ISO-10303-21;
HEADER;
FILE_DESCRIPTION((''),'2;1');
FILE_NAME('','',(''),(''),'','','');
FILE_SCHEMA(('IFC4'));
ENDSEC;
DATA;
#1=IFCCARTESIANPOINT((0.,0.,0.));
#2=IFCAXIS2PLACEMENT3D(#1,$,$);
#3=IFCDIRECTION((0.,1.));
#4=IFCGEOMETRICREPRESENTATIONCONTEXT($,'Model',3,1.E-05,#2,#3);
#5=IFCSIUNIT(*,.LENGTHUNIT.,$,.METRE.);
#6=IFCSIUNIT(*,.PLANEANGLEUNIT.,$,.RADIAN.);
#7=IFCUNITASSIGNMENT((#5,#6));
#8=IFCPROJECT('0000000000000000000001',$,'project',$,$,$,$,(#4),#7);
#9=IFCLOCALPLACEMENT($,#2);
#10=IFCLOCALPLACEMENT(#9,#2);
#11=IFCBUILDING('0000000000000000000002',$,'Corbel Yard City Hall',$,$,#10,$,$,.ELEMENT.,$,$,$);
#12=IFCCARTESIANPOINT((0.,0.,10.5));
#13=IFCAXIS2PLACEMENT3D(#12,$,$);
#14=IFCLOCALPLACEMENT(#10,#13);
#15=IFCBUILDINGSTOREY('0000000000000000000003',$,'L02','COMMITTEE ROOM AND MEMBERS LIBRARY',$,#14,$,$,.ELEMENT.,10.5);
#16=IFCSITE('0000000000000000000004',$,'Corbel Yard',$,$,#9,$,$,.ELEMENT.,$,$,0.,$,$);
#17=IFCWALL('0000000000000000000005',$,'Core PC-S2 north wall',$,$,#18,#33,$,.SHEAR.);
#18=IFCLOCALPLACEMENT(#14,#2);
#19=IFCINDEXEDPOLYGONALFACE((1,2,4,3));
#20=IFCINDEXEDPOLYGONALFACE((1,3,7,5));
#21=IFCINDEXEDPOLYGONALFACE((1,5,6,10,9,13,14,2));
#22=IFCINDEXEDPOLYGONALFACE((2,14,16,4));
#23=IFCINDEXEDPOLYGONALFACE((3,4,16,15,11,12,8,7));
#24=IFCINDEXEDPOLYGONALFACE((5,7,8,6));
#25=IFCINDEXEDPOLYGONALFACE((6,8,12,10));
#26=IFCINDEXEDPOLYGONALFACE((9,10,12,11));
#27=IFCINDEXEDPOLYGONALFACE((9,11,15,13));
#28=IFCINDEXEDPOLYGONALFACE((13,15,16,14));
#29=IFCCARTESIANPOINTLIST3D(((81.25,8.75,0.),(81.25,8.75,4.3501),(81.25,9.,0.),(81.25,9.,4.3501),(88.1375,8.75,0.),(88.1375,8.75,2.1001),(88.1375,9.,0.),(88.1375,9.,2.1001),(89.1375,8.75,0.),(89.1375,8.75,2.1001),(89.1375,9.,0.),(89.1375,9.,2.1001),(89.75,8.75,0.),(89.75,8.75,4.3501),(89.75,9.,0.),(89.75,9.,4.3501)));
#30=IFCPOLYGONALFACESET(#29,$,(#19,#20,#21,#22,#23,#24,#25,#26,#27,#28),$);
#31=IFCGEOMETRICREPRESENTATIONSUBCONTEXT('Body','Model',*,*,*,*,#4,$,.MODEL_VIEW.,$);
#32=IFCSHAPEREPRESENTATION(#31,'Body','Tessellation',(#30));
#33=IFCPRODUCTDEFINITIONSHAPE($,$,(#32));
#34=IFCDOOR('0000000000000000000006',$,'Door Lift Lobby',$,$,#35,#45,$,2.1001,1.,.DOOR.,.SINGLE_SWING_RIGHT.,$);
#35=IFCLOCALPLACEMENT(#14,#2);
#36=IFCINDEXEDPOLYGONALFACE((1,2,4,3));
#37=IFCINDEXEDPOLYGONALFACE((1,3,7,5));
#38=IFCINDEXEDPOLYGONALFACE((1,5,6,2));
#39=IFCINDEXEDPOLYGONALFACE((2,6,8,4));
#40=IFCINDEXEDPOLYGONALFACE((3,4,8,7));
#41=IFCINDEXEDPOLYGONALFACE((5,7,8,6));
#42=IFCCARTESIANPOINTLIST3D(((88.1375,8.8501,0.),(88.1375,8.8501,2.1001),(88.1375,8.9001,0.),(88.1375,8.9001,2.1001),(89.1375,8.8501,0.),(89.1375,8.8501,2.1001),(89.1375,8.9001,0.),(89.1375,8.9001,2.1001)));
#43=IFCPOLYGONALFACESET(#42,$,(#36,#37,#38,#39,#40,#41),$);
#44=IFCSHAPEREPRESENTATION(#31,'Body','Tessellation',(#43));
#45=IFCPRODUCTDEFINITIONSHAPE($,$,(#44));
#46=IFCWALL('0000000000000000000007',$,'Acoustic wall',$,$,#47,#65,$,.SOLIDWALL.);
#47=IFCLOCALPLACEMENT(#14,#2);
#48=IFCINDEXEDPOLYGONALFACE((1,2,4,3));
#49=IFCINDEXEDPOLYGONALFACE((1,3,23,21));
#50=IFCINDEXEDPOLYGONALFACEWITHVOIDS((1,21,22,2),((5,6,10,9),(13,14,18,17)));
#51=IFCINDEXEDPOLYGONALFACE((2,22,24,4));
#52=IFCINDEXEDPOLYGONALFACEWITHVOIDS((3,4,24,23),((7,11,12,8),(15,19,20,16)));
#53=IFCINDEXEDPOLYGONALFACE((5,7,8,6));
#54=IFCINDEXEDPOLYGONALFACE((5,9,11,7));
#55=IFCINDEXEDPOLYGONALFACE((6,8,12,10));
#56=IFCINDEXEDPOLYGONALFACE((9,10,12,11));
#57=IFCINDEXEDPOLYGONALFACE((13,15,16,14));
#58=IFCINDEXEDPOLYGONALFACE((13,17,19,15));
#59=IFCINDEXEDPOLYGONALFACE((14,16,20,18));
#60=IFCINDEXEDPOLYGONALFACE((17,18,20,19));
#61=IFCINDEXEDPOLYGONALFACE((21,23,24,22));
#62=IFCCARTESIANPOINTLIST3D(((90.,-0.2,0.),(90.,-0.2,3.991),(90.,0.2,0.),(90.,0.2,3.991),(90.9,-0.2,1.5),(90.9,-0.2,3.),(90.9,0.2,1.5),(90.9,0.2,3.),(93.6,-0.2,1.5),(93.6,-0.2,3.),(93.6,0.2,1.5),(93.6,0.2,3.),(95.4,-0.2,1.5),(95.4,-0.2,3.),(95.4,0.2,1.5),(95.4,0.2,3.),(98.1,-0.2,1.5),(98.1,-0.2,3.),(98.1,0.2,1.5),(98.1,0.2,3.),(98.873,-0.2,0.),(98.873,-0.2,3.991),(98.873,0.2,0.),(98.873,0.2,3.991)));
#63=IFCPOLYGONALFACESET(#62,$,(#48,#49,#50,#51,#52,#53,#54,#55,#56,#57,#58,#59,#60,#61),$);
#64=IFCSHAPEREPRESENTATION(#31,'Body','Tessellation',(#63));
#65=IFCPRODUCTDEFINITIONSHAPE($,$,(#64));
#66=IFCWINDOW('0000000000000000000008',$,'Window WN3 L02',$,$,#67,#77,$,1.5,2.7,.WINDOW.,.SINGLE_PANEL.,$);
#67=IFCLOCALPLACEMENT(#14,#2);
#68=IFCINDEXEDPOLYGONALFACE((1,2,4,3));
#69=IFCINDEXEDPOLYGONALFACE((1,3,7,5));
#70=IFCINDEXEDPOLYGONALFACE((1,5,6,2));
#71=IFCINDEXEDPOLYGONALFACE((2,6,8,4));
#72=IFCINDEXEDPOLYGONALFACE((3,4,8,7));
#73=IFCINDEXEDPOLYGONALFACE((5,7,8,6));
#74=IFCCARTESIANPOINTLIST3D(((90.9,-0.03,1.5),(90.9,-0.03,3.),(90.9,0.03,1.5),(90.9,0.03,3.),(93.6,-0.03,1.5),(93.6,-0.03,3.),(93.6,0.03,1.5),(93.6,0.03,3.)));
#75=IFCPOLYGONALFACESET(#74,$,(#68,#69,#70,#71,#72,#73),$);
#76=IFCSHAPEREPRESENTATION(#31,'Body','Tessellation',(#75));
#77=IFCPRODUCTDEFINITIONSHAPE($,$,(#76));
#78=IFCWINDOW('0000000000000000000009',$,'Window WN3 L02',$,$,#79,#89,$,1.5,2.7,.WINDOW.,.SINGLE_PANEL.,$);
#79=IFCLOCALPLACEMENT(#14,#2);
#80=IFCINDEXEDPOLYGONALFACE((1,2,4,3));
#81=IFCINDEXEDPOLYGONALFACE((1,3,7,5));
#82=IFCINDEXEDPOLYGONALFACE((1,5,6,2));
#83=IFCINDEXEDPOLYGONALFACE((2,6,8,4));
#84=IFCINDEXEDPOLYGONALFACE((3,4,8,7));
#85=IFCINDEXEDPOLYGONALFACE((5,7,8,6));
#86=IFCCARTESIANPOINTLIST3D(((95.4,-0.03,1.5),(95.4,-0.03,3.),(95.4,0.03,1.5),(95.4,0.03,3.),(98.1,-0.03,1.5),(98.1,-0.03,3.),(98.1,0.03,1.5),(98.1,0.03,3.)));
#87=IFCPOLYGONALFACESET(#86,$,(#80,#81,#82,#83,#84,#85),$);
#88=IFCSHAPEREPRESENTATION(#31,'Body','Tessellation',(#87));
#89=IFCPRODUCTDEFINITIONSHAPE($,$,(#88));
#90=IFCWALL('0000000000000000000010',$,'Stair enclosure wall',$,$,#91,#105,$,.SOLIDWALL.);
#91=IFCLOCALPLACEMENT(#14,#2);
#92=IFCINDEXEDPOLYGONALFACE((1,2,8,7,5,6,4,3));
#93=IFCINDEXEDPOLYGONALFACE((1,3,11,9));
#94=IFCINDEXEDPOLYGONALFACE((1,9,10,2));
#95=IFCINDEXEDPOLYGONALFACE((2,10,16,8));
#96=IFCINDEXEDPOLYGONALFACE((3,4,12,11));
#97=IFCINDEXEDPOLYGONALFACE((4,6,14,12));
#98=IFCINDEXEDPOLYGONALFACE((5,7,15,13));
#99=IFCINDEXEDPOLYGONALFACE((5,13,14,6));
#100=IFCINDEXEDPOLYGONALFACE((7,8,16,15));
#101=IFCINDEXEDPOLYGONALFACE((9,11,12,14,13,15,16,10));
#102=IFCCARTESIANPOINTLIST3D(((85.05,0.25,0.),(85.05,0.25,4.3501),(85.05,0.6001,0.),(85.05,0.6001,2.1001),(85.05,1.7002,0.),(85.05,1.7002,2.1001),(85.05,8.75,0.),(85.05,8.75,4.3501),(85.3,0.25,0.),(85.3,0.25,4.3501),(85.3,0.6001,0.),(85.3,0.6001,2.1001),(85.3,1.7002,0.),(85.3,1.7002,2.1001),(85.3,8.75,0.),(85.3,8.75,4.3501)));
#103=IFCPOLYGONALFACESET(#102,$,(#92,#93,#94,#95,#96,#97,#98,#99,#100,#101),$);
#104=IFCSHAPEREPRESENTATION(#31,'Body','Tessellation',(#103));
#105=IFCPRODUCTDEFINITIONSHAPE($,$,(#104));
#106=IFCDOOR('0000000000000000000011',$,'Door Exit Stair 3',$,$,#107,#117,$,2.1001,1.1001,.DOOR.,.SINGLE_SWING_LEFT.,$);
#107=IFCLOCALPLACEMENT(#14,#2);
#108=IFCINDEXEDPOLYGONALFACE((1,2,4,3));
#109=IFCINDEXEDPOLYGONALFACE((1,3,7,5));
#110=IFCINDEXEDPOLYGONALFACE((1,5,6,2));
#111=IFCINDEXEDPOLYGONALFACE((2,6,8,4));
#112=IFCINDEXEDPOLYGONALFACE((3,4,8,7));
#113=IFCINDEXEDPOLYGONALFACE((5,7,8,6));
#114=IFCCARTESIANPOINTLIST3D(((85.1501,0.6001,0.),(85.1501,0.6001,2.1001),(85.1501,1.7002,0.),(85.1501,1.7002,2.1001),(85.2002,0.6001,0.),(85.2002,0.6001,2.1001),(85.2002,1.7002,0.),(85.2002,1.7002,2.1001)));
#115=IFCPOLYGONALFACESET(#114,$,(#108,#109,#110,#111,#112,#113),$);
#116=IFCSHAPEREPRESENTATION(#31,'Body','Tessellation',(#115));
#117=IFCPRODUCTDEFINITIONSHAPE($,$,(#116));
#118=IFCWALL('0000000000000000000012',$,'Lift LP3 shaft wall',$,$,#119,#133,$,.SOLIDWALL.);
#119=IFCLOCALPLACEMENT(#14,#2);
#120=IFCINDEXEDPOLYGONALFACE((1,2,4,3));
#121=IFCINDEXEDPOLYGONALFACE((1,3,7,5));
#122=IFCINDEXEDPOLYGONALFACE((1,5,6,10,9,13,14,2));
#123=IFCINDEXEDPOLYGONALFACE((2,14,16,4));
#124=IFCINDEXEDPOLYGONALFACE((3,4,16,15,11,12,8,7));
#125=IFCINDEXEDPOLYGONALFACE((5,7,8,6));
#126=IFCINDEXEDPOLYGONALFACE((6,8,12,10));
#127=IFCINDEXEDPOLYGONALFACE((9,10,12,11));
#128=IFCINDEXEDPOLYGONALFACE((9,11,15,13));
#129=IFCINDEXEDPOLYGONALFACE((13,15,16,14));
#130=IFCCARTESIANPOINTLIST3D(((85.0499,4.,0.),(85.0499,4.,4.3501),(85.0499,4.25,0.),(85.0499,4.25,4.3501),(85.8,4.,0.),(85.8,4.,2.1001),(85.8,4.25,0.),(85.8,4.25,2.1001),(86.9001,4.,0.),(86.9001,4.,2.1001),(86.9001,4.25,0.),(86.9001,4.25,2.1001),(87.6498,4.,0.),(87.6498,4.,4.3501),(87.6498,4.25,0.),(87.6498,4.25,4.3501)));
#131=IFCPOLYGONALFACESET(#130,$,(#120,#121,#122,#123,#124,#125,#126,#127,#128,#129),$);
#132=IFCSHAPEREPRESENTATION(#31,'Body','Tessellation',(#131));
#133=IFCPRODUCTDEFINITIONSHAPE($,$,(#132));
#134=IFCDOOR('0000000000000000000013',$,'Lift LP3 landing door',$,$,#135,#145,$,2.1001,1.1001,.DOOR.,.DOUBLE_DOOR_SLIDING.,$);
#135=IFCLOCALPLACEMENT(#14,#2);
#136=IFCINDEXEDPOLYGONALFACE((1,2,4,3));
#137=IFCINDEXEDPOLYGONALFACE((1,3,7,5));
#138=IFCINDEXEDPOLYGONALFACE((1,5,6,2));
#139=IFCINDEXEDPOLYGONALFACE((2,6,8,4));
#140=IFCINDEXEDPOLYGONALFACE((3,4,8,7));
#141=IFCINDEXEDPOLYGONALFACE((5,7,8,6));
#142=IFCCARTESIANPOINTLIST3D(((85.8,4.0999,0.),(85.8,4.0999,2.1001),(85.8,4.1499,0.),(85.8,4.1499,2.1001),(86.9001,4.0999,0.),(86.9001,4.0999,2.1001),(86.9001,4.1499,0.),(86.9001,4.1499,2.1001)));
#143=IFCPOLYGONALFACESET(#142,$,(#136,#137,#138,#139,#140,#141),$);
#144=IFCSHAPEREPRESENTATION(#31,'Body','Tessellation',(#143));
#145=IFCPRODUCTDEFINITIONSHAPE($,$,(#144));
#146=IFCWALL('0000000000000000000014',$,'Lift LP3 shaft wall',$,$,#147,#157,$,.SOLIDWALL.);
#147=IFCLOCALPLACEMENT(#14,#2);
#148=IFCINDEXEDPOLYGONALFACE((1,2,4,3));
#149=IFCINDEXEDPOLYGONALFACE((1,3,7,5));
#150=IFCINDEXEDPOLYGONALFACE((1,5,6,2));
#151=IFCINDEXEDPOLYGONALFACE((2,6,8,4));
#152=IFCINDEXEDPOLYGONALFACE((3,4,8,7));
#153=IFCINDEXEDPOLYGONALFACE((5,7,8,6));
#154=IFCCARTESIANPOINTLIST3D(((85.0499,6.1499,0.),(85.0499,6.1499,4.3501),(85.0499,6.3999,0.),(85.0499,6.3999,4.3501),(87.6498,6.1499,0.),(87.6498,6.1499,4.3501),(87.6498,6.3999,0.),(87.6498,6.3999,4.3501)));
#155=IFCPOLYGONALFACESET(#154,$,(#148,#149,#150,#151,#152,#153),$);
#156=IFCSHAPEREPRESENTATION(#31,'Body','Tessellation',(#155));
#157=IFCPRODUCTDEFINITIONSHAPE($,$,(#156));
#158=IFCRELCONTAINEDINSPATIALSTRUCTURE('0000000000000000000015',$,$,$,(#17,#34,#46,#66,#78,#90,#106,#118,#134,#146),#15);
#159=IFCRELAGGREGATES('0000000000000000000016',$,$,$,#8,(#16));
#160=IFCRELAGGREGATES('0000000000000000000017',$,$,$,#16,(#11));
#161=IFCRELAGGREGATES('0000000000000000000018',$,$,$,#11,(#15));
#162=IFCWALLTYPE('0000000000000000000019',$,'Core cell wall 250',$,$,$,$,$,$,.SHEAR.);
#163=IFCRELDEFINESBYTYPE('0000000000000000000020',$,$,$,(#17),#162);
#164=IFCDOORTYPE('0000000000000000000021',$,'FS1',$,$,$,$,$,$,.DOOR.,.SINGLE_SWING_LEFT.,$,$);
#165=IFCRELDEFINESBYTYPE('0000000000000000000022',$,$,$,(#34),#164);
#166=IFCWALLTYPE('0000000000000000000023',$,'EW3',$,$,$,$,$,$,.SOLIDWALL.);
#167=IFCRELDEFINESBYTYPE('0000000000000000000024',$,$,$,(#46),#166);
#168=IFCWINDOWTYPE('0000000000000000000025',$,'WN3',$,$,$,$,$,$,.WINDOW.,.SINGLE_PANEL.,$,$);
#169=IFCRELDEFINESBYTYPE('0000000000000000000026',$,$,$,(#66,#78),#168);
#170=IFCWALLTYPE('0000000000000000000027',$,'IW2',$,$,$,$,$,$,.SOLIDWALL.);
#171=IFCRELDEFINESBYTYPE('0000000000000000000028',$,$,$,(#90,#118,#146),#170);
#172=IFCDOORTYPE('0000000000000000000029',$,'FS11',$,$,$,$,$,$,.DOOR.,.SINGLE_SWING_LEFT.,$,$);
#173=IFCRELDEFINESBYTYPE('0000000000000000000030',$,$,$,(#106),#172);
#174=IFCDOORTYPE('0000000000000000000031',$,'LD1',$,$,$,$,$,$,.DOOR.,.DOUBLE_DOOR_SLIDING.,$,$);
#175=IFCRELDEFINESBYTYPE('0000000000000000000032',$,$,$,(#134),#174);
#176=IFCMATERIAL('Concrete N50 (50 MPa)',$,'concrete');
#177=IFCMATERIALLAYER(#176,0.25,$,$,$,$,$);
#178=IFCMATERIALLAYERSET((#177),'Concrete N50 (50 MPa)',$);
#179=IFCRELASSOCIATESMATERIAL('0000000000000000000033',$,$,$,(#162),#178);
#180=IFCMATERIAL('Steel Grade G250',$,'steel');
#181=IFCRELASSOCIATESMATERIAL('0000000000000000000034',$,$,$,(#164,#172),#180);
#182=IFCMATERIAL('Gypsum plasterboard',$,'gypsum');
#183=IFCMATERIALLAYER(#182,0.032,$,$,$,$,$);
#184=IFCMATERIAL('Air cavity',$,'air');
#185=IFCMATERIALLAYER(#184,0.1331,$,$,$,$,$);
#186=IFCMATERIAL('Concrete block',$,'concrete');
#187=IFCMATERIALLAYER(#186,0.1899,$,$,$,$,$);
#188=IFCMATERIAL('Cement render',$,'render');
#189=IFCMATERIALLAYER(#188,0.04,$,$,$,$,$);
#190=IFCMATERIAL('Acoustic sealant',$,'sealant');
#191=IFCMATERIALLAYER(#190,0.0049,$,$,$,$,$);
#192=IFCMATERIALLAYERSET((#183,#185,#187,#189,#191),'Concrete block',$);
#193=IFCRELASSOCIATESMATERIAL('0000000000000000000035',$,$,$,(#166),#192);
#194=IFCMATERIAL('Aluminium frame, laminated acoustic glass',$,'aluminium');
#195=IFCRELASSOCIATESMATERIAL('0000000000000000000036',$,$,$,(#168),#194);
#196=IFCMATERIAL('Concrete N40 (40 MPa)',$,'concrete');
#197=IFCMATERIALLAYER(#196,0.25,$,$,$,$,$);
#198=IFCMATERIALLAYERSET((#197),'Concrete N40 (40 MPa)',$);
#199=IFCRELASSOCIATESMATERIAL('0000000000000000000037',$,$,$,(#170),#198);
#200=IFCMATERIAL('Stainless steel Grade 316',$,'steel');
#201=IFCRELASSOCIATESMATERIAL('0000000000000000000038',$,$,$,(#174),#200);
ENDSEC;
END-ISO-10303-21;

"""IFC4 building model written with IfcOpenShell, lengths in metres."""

from ifc_helpers import new_model, si_unit, direction, frame, frame_2d, origin, place, context, subcontext, project, spatial, rectangle, extrude, material, layer, layer_set, type_object, element, fill, save


model = new_model("IFC4")

# Units and contexts
model_context = context("Model", 3, precision=1e-05, world=origin(), true_north=direction((0.0, 1.0)))
body_context = subcontext(model_context, "Body", "Model", "MODEL_VIEW")
ifc_project = project(units=[si_unit("LENGTHUNIT", "METRE"), si_unit("PLANEANGLEUNIT", "RADIAN")], contexts=[model_context])

# Site, building, storey
site_placement = place(None, origin())
site = spatial("IfcSite", under=ifc_project, at=site_placement, Name="Corbel Yard", CompositionType="ELEMENT", RefElevation=0.0)
building_placement = place(site_placement, origin())
building = spatial("IfcBuilding", under=site, at=building_placement, Name="Corbel Yard City Hall", CompositionType="ELEMENT")
storey_placement = place(building_placement, frame((0.0, 0.0, 10.5)))
storey = spatial("IfcBuildingStorey", under=building, at=storey_placement, Name="L02", Description="COMMITTEE ROOM AND MEMBERS LIBRARY", CompositionType="ELEMENT", Elevation=10.5)

# Shared definitions
ifc_material_1 = material(Name="Concrete N50 (50 MPa)", Category="concrete")
ifc_layer_1 = layer(ifc_material_1, 0.25)
ifc_layer_set_1 = layer_set([ifc_layer_1], Name="Concrete N50 (50 MPa)")
wall_type_1 = type_object("IfcWallType", Name="Core cell wall 250", PredefinedType="SHEAR", material=ifc_layer_set_1)

# Wall, opening, door
wall_1_placement = place(storey_placement, frame((81.25, 8.875, 0.0), z_axis=(0.0, 0.0, 1.0), x_axis=(1.0, 0.0, 0.0)))
wall_1 = element("IfcWall", 1, at=wall_1_placement, inside=storey, type_object=wall_type_1, Name="Core PC-S2 north wall", PredefinedType="SHEAR", context=body_context, shape_type="SweptSolid", body=[
    extrude(rectangle(XDim=8.5, YDim=0.25, at=frame_2d((4.25, 0.0))), origin(), (0.0, 0.0, 1.0), 4.3501),
])
opening_1_placement = place(wall_1_placement, frame((6.8875, 0.0, 0.0)))
opening_1 = element("IfcOpeningElement", 2, at=opening_1_placement, cuts=wall_1, PredefinedType="OPENING", context=body_context, shape_type="SweptSolid", body=[
    extrude(rectangle(XDim=1.0, YDim=2.1001, at=frame_2d((0.5, 1.05))), frame((0.0, 0.135, 0.0), z_axis=(0.0, -1.0, 0.0), x_axis=(1.0, 0.0, 0.0)), (0.0, 0.0, 1.0), 0.27),
])
ifc_material_2 = material(Name="Steel Grade G250", Category="steel")
door_type_1 = type_object("IfcDoorType", Name="FS1", OperationType="SINGLE_SWING_LEFT", PredefinedType="DOOR", material=ifc_material_2)
door_1_placement = place(opening_1_placement, frame((1.0, 0.0, 0.0), z_axis=(0.0, 0.0, 1.0), x_axis=(-1.0, 0.0, 0.0)))
door_1 = element("IfcDoor", 3, at=door_1_placement, inside=storey, type_object=door_type_1, Name="Door Lift Lobby", OperationType="SINGLE_SWING_RIGHT", OverallHeight=2.1001, OverallWidth=1.0, PredefinedType="DOOR", context=body_context, shape_type="SweptSolid", body=[
    extrude(rectangle(XDim=1.0, YDim=2.1001, at=frame_2d((0.5, 1.05))), frame((0.0, 0.0249, 0.0), z_axis=(0.0, -1.0, 0.0), x_axis=(1.0, 0.0, 0.0)), (0.0, 0.0, 1.0), 0.05),
])
fill(opening_1, door_1)

# Wall, openings, windows
ifc_material_3 = material(Name="Gypsum plasterboard", Category="gypsum")
ifc_layer_2 = layer(ifc_material_3, 0.032)
ifc_material_4 = material(Name="Air cavity", Category="air")
ifc_layer_3 = layer(ifc_material_4, 0.1331)
ifc_material_5 = material(Name="Concrete block", Category="concrete")
ifc_layer_4 = layer(ifc_material_5, 0.1899)
ifc_material_6 = material(Name="Cement render", Category="render")
ifc_layer_5 = layer(ifc_material_6, 0.04)
ifc_material_7 = material(Name="Acoustic sealant", Category="sealant")
ifc_layer_6 = layer(ifc_material_7, 0.0049)
ifc_layer_set_2 = layer_set([ifc_layer_2, ifc_layer_3, ifc_layer_4, ifc_layer_5, ifc_layer_6], Name="Concrete block")
wall_type_2 = type_object("IfcWallType", Name="EW3", PredefinedType="SOLIDWALL", material=ifc_layer_set_2)
wall_2_placement = place(storey_placement, frame((90.0, 0.0, 0.0), z_axis=(0.0, 0.0, 1.0), x_axis=(1.0, 0.0, 0.0)))
wall_2 = element("IfcWall", 4, at=wall_2_placement, inside=storey, type_object=wall_type_2, Name="Acoustic wall", PredefinedType="SOLIDWALL", context=body_context, shape_type="SweptSolid", body=[
    extrude(rectangle(XDim=8.873, YDim=0.3999, at=frame_2d((4.4365, 0.0))), origin(), (0.0, 0.0, 1.0), 3.991),
])
opening_2_placement = place(wall_2_placement, frame((0.8999, 0.0, 1.5)))
opening_2 = element("IfcOpeningElement", 5, at=opening_2_placement, cuts=wall_2, PredefinedType="OPENING", context=body_context, shape_type="SweptSolid", body=[
    extrude(rectangle(XDim=2.7, YDim=1.5, at=frame_2d((1.3501, 0.75))), frame((0.0, 0.21, 0.0), z_axis=(0.0, -1.0, 0.0), x_axis=(1.0, 0.0, 0.0)), (0.0, 0.0, 1.0), 0.4199),
])
opening_3_placement = place(wall_2_placement, frame((5.3999, 0.0, 1.5)))
opening_3 = element("IfcOpeningElement", 6, at=opening_3_placement, cuts=wall_2, PredefinedType="OPENING", context=body_context, shape_type="SweptSolid", body=[
    extrude(rectangle(XDim=2.7, YDim=1.5, at=frame_2d((1.3501, 0.75))), frame((0.0, 0.21, 0.0), z_axis=(0.0, -1.0, 0.0), x_axis=(1.0, 0.0, 0.0)), (0.0, 0.0, 1.0), 0.4199),
])
ifc_material_8 = material(Name="Aluminium frame, laminated acoustic glass", Category="aluminium")
window_type = type_object("IfcWindowType", Name="WN3", PartitioningType="SINGLE_PANEL", PredefinedType="WINDOW", material=ifc_material_8)
window_1_placement = place(opening_2_placement, origin())
window_1 = element("IfcWindow", 7, at=window_1_placement, inside=storey, type_object=window_type, Name="Window WN3 L02", OverallHeight=1.5, OverallWidth=2.7, PartitioningType="SINGLE_PANEL", PredefinedType="WINDOW", context=body_context, shape_type="SweptSolid", body=[
    extrude(rectangle(XDim=2.7, YDim=1.5, at=frame_2d((1.3501, 0.75))), frame((0.0, 0.03, 0.0), z_axis=(0.0, -1.0, 0.0), x_axis=(1.0, 0.0, 0.0)), (0.0, 0.0, 1.0), 0.0601),
])
fill(opening_2, window_1)
window_2_placement = place(opening_3_placement, origin())
window_2 = element("IfcWindow", 8, at=window_2_placement, inside=storey, type_object=window_type, Name="Window WN3 L02", OverallHeight=1.5, OverallWidth=2.7, PartitioningType="SINGLE_PANEL", PredefinedType="WINDOW", context=body_context, shape_type="SweptSolid", body=[
    extrude(rectangle(XDim=2.7, YDim=1.5, at=frame_2d((1.3501, 0.75))), frame((0.0, 0.03, 0.0), z_axis=(0.0, -1.0, 0.0), x_axis=(1.0, 0.0, 0.0)), (0.0, 0.0, 1.0), 0.0601),
])
fill(opening_3, window_2)

# Walls, openings, doors
ifc_material_9 = material(Name="Concrete N40 (40 MPa)", Category="concrete")
ifc_layer_7 = layer(ifc_material_9, 0.25)
ifc_layer_set_3 = layer_set([ifc_layer_7], Name="Concrete N40 (40 MPa)")
wall_type_3 = type_object("IfcWallType", Name="IW2", PredefinedType="SOLIDWALL", material=ifc_layer_set_3)
wall_3_placement = place(storey_placement, frame((85.175, 0.25, 0.0), z_axis=(0.0, 0.0, 1.0), x_axis=(0.0, 1.0, 0.0)))
wall_3 = element("IfcWall", 9, at=wall_3_placement, inside=storey, type_object=wall_type_3, Name="Stair enclosure wall", PredefinedType="SOLIDWALL", context=body_context, shape_type="SweptSolid", body=[
    extrude(rectangle(XDim=8.5, YDim=0.25, at=frame_2d((4.25, 0.0))), origin(), (0.0, 0.0, 1.0), 4.3501),
])
opening_4_placement = place(wall_3_placement, frame((0.3501, 0.0, 0.0)))
opening_4 = element("IfcOpeningElement", 10, at=opening_4_placement, cuts=wall_3, PredefinedType="OPENING", context=body_context, shape_type="SweptSolid", body=[
    extrude(rectangle(XDim=1.1001, YDim=2.1001, at=frame_2d((0.55, 1.05))), frame((0.0, 0.135, 0.0), z_axis=(0.0, -1.0, 0.0), x_axis=(1.0, 0.0, 0.0)), (0.0, 0.0, 1.0), 0.27),
])
door_type_2 = type_object("IfcDoorType", Name="FS11", OperationType="SINGLE_SWING_LEFT", PredefinedType="DOOR", material=ifc_material_2)
door_2_placement = place(opening_4_placement, origin())
door_2 = element("IfcDoor", 11, at=door_2_placement, inside=storey, type_object=door_type_2, Name="Door Exit Stair 3", OperationType="SINGLE_SWING_LEFT", OverallHeight=2.1001, OverallWidth=1.1001, PredefinedType="DOOR", context=body_context, shape_type="SweptSolid", body=[
    extrude(rectangle(XDim=1.1001, YDim=2.1001, at=frame_2d((0.55, 1.05))), frame((0.0, 0.0249, 0.0), z_axis=(0.0, -1.0, 0.0), x_axis=(1.0, 0.0, 0.0)), (0.0, 0.0, 1.0), 0.05),
])
fill(opening_4, door_2)
wall_4_placement = place(storey_placement, frame((85.05, 4.125, 0.0), z_axis=(0.0, 0.0, 1.0), x_axis=(1.0, 0.0, 0.0)))
wall_4 = element("IfcWall", 12, at=wall_4_placement, inside=storey, type_object=wall_type_3, Name="Lift LP3 shaft wall", PredefinedType="SOLIDWALL", context=body_context, shape_type="SweptSolid", body=[
    extrude(rectangle(XDim=2.5999, YDim=0.25, at=frame_2d((1.2998, 0.0))), origin(), (0.0, 0.0, 1.0), 4.3501),
])
opening_5_placement = place(wall_4_placement, frame((0.75, 0.0, 0.0)))
opening_5 = element("IfcOpeningElement", 13, at=opening_5_placement, cuts=wall_4, PredefinedType="OPENING", context=body_context, shape_type="SweptSolid", body=[
    extrude(rectangle(XDim=1.1001, YDim=2.1001, at=frame_2d((0.55, 1.05))), frame((0.0, 0.135, 0.0), z_axis=(0.0, -1.0, 0.0), x_axis=(1.0, 0.0, 0.0)), (0.0, 0.0, 1.0), 0.27),
])
ifc_material_10 = material(Name="Stainless steel Grade 316", Category="steel")
door_type_3 = type_object("IfcDoorType", Name="LD1", OperationType="DOUBLE_DOOR_SLIDING", PredefinedType="DOOR", material=ifc_material_10)
door_3_placement = place(opening_5_placement, origin())
door_3 = element("IfcDoor", 14, at=door_3_placement, inside=storey, type_object=door_type_3, Name="Lift LP3 landing door", OperationType="DOUBLE_DOOR_SLIDING", OverallHeight=2.1001, OverallWidth=1.1001, PredefinedType="DOOR", context=body_context, shape_type="SweptSolid", body=[
    extrude(rectangle(XDim=1.1001, YDim=2.1001, at=frame_2d((0.55, 1.05))), frame((0.0, 0.0249, 0.0), z_axis=(0.0, -1.0, 0.0), x_axis=(1.0, 0.0, 0.0)), (0.0, 0.0, 1.0), 0.05),
])
fill(opening_5, door_3)

# Wall
wall_5_placement = place(storey_placement, frame((85.05, 6.2749, 0.0), z_axis=(0.0, 0.0, 1.0), x_axis=(1.0, 0.0, 0.0)))
element("IfcWall", 15, at=wall_5_placement, inside=storey, type_object=wall_type_3, Name="Lift LP3 shaft wall", PredefinedType="SOLIDWALL", context=body_context, shape_type="SweptSolid", body=[
    extrude(rectangle(XDim=2.5999, YDim=0.25, at=frame_2d((1.2998, 0.0))), origin(), (0.0, 0.0, 1.0), 4.3501),
])

save(model, "model.ifc")
